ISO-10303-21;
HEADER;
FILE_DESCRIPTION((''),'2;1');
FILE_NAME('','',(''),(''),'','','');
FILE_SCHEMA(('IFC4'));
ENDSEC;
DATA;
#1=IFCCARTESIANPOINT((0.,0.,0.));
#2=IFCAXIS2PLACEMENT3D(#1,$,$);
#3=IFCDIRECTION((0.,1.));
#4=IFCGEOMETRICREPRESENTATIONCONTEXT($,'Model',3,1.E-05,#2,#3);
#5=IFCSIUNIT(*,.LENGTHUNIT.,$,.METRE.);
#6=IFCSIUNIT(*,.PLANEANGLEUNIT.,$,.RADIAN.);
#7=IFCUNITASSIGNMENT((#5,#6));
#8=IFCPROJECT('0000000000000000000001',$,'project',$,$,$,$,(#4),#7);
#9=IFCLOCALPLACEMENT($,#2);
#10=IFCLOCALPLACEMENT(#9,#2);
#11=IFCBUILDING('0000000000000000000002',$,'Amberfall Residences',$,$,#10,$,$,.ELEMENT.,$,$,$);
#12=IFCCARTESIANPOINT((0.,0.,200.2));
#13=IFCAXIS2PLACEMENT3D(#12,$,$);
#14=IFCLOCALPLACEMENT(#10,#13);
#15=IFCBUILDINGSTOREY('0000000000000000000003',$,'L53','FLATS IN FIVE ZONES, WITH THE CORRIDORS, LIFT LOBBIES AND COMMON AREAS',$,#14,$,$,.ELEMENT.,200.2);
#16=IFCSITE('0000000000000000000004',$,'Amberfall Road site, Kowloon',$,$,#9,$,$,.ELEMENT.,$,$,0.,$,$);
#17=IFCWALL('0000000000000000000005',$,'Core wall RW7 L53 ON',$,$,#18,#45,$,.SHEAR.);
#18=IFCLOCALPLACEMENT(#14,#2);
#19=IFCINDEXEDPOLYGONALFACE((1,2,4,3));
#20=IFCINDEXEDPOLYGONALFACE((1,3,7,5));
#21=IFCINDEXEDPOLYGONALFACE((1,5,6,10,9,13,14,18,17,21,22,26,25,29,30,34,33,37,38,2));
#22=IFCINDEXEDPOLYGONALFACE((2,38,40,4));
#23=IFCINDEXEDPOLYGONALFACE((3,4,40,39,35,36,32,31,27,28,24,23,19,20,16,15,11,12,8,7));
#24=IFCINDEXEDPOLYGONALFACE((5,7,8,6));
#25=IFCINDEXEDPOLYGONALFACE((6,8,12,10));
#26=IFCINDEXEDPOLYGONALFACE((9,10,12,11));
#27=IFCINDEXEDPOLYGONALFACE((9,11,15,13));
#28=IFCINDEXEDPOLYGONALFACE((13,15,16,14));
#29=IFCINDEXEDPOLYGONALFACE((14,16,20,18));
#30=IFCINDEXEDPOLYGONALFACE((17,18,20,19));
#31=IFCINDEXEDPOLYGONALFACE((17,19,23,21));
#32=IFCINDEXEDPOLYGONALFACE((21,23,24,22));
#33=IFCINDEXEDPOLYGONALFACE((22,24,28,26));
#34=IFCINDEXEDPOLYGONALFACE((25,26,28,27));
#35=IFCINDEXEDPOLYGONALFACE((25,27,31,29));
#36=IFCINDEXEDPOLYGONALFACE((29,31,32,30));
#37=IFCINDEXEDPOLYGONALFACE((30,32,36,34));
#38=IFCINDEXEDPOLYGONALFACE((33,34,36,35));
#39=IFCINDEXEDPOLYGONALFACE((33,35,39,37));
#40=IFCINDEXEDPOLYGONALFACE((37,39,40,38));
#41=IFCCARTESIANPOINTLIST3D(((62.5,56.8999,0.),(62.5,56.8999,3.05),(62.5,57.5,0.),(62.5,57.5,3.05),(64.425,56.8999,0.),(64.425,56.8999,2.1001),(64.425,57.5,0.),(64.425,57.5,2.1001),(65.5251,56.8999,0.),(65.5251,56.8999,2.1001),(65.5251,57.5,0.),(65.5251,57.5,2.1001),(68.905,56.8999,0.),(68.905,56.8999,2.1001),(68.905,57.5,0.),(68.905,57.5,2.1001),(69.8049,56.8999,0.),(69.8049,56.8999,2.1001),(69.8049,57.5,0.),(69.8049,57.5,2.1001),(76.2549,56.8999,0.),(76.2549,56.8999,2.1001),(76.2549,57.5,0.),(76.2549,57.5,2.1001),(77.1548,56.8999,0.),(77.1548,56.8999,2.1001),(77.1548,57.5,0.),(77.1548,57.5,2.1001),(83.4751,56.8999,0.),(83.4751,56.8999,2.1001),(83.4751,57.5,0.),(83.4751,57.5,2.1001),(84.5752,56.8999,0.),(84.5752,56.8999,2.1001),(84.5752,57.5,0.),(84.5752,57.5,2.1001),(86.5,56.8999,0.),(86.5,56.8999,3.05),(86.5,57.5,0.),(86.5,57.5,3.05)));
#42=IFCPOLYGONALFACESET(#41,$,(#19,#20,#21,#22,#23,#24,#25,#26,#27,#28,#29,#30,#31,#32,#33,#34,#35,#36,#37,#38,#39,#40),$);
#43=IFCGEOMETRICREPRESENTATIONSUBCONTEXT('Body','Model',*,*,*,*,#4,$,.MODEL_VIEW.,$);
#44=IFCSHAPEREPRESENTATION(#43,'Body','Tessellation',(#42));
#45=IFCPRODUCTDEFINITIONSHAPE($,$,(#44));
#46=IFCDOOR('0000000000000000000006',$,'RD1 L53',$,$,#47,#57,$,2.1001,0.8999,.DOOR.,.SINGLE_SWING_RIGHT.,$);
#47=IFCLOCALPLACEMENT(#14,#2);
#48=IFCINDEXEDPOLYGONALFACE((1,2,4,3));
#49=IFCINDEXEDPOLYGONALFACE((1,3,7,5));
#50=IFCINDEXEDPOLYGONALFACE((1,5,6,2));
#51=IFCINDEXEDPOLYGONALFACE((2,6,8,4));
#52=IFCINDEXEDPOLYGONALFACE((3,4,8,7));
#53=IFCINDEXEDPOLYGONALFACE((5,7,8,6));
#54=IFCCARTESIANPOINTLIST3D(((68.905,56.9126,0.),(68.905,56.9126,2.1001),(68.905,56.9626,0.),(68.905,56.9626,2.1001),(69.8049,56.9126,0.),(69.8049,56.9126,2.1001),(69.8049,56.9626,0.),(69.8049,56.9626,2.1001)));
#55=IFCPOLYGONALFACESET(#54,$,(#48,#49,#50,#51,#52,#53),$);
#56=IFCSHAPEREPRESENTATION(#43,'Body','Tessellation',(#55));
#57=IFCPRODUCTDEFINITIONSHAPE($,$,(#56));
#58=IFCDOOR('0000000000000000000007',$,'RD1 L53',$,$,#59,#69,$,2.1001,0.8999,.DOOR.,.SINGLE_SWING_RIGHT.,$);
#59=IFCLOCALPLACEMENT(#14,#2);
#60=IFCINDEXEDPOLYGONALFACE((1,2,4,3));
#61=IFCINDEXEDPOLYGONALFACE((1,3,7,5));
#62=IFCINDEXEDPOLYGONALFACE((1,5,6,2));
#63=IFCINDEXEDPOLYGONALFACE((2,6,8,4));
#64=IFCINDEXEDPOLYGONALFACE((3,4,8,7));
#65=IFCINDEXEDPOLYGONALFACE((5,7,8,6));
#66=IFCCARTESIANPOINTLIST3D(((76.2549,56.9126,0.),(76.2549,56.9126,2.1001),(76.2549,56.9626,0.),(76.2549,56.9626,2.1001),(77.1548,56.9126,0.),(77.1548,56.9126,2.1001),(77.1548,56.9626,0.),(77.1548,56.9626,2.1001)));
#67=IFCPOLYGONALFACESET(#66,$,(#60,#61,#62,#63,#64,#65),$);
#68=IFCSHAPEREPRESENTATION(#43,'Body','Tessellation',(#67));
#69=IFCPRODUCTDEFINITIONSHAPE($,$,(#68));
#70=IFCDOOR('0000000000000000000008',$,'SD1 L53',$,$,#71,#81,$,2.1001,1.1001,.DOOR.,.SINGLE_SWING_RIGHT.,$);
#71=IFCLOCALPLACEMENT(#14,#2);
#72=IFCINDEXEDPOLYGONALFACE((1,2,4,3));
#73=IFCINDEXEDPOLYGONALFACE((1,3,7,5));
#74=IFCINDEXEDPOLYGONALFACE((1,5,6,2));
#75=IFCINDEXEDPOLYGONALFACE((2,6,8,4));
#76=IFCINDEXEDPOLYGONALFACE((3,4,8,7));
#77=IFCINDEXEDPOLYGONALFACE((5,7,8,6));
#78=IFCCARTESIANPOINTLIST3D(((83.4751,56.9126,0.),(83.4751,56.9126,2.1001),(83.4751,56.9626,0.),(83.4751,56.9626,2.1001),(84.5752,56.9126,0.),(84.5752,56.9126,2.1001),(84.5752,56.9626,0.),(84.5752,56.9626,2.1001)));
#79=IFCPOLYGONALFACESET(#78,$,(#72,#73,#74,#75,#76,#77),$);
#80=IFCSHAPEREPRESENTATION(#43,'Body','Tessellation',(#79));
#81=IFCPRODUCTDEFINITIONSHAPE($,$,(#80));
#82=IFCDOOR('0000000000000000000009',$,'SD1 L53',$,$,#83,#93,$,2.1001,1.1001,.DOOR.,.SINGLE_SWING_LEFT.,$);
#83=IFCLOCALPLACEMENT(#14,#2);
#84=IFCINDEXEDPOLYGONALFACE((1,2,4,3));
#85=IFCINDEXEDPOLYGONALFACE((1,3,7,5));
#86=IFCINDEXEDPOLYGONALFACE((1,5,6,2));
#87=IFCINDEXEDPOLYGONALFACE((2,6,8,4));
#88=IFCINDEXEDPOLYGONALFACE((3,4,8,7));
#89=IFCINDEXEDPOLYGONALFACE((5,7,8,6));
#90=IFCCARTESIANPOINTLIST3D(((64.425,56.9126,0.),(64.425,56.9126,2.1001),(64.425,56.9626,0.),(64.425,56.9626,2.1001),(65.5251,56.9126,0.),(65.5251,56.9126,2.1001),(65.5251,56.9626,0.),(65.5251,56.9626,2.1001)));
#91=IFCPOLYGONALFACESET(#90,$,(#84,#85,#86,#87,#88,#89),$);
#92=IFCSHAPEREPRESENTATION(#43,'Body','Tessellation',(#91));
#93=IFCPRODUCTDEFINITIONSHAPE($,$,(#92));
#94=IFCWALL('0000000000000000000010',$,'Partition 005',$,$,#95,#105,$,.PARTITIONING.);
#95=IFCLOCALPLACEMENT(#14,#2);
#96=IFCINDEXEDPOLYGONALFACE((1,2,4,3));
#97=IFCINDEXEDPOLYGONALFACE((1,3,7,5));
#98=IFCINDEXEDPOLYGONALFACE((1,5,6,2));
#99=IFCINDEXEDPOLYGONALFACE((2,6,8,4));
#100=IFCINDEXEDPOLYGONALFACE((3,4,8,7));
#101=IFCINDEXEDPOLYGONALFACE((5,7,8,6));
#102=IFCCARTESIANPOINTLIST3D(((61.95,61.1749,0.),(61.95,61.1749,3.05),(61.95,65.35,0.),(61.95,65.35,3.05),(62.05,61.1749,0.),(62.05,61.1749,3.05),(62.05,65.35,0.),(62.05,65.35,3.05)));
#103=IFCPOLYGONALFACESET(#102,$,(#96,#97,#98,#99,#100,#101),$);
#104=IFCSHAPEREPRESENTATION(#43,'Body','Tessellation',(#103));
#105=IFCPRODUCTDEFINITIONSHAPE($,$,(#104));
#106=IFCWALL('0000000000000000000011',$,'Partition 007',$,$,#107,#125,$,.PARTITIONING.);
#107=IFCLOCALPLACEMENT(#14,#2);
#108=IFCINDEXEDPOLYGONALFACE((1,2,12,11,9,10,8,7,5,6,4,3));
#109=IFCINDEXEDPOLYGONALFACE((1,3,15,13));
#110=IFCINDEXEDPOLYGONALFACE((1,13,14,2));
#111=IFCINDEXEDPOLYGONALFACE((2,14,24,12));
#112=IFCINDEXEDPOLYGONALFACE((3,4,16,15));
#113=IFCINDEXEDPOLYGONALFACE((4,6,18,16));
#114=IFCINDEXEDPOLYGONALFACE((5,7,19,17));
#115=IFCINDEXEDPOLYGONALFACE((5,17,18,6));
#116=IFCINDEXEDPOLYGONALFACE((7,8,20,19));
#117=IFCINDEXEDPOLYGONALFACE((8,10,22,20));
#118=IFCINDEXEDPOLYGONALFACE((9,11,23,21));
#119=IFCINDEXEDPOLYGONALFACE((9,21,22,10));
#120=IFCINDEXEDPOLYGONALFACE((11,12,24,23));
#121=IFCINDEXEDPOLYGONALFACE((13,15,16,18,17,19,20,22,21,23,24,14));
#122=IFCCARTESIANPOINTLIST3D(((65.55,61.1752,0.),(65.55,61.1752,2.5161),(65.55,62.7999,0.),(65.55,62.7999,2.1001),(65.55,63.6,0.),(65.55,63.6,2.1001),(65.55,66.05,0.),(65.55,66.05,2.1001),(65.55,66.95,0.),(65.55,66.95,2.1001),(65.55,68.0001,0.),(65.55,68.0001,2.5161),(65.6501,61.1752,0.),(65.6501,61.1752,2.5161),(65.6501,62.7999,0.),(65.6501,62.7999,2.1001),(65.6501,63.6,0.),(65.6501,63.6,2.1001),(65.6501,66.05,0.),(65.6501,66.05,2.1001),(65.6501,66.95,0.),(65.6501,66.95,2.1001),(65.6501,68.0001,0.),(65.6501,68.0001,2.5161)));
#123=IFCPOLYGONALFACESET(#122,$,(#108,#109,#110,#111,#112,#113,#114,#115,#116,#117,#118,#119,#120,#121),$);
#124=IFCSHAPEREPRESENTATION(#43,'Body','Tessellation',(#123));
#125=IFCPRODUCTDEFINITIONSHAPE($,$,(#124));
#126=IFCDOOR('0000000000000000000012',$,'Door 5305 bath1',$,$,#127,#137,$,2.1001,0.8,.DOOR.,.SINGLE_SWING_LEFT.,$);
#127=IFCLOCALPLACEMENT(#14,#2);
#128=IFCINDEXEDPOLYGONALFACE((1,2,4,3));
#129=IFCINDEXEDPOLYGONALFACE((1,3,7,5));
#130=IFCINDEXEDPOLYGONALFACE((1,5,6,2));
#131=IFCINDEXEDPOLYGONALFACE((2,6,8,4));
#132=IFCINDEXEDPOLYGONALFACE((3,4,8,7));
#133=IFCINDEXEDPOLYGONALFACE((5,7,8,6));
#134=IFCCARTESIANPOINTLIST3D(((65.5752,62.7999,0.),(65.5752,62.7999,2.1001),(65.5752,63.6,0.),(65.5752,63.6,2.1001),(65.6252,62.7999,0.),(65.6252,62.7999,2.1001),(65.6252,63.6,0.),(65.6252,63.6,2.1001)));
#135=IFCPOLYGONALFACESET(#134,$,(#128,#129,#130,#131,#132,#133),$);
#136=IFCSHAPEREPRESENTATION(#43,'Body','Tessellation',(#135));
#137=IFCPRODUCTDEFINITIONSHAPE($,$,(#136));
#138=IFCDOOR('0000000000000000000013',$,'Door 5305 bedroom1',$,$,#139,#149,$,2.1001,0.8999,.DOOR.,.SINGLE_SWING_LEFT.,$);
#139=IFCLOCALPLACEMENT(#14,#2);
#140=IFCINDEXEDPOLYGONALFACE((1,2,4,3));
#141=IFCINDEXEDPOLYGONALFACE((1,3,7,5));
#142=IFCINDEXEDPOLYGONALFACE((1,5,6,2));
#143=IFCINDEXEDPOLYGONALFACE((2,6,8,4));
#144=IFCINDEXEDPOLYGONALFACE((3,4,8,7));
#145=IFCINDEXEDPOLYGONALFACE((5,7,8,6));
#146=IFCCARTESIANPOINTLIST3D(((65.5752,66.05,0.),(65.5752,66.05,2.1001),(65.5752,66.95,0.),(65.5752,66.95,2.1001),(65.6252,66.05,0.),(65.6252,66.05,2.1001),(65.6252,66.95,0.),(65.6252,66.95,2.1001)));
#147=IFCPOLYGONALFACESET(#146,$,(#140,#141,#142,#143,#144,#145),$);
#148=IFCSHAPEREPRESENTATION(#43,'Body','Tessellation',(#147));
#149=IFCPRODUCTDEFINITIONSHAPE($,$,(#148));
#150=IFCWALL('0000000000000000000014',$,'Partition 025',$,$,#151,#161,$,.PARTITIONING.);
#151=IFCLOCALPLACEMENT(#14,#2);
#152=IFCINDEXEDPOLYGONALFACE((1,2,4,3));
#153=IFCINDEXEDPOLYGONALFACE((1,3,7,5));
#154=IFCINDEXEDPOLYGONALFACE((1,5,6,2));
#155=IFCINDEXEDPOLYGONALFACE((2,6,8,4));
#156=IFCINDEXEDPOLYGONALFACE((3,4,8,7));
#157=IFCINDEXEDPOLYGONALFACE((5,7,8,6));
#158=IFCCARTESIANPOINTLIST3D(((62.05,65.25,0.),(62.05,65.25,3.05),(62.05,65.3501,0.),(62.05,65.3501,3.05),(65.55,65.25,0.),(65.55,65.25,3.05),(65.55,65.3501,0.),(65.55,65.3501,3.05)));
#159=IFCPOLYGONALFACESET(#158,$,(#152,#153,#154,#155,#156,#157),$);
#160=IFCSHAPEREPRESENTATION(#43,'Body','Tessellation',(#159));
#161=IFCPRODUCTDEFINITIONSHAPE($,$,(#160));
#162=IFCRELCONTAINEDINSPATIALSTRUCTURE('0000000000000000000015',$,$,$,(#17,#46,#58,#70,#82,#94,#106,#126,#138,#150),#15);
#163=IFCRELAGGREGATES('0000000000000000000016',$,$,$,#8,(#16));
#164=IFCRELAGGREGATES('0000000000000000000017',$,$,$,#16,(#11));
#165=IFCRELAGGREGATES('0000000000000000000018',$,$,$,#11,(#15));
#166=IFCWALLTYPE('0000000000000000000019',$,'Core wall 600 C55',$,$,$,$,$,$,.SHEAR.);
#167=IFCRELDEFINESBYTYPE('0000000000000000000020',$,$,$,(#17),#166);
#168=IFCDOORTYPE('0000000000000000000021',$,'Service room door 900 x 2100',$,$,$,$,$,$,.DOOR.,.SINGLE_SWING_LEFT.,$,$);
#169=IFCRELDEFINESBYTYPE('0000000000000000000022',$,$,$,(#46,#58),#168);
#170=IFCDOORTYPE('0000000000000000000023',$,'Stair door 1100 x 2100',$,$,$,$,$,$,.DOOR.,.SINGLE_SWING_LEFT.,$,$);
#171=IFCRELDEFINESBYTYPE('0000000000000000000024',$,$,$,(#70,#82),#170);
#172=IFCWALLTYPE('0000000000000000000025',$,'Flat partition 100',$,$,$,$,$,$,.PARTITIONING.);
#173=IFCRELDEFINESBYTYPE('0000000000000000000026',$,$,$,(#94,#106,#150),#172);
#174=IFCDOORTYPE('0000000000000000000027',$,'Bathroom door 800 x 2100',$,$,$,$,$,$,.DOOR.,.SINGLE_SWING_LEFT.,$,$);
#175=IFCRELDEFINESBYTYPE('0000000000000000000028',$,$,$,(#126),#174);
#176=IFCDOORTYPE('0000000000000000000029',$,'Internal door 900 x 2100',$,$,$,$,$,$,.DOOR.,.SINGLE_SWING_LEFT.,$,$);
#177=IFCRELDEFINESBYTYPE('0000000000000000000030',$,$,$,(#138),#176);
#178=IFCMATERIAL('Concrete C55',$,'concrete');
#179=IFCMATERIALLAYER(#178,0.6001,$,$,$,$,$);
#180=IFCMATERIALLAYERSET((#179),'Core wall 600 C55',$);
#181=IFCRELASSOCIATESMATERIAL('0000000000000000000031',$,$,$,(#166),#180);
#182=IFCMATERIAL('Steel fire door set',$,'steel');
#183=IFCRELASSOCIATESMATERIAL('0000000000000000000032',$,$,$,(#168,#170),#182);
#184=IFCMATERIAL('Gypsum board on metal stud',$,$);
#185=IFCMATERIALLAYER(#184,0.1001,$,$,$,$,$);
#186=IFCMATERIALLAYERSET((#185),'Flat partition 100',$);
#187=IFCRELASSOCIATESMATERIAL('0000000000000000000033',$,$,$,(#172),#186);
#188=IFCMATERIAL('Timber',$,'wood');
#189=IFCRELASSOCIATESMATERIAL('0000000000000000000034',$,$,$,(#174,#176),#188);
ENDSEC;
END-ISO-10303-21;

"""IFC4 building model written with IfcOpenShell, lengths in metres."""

from ifc_helpers import new_model, si_unit, direction, frame, frame_2d, origin, place, context, subcontext, project, spatial, rectangle, extrude, material, layer, layer_set, type_object, element, fill, save


model = new_model("IFC4")

# Units and contexts
model_context = context("Model", 3, precision=1e-05, world=origin(), true_north=direction((0.0, 1.0)))
body_context = subcontext(model_context, "Body", "Model", "MODEL_VIEW")
ifc_project = project(units=[si_unit("LENGTHUNIT", "METRE"), si_unit("PLANEANGLEUNIT", "RADIAN")], contexts=[model_context])

# Site, building, storey
site_placement = place(None, origin())
site = spatial("IfcSite", under=ifc_project, at=site_placement, Name="Amberfall Road site, Kowloon", CompositionType="ELEMENT", RefElevation=0.0)
building_placement = place(site_placement, origin())
building = spatial("IfcBuilding", under=site, at=building_placement, Name="Amberfall Residences", CompositionType="ELEMENT")
storey_placement = place(building_placement, frame((0.0, 0.0, 200.2)))
storey = spatial("IfcBuildingStorey", under=building, at=storey_placement, Name="L53", Description="FLATS IN FIVE ZONES, WITH THE CORRIDORS, LIFT LOBBIES AND COMMON AREAS", CompositionType="ELEMENT", Elevation=200.2)

# Wall, openings, doors
ifc_material_1 = material(Name="Concrete C55", Category="concrete")
ifc_layer_1 = layer(ifc_material_1, 0.6001)
ifc_layer_set_1 = layer_set([ifc_layer_1], Name="Core wall 600 C55")
wall_type_1 = type_object("IfcWallType", Name="Core wall 600 C55", PredefinedType="SHEAR", material=ifc_layer_set_1)
wall_1_placement = place(storey_placement, frame((62.5, 57.2, 0.0), z_axis=(0.0, 0.0, 1.0), x_axis=(1.0, 0.0, 0.0)))
wall_1 = element("IfcWall", 1, at=wall_1_placement, inside=storey, type_object=wall_type_1, Name="Core wall RW7 L53 ON", PredefinedType="SHEAR", context=body_context, shape_type="SweptSolid", body=[
    extrude(rectangle(XDim=24.0, YDim=0.6001, at=frame_2d((12.0, 0.0))), origin(), (0.0, 0.0, 1.0), 3.05),
])
opening_1_placement = place(wall_1_placement, frame((20.9751, 0.0, 0.0)))
opening_1 = element("IfcOpeningElement", 2, at=opening_1_placement, cuts=wall_1, PredefinedType="OPENING", context=body_context, shape_type="SweptSolid", body=[
    extrude(rectangle(XDim=1.1001, YDim=2.1001, at=frame_2d((0.55, 1.05))), frame((0.0, 0.3101, 0.0), z_axis=(0.0, -1.0, 0.0), x_axis=(1.0, 0.0, 0.0)), (0.0, 0.0, 1.0), 0.6201),
])
opening_2_placement = place(wall_1_placement, frame((1.925, 0.0, 0.0)))
opening_2 = element("IfcOpeningElement", 3, at=opening_2_placement, cuts=wall_1, PredefinedType="OPENING", context=body_context, shape_type="SweptSolid", body=[
    extrude(rectangle(XDim=1.1001, YDim=2.1001, at=frame_2d((0.55, 1.05))), frame((0.0, 0.3101, 0.0), z_axis=(0.0, -1.0, 0.0), x_axis=(1.0, 0.0, 0.0)), (0.0, 0.0, 1.0), 0.6201),
])
opening_3_placement = place(wall_1_placement, frame((6.405, 0.0, 0.0)))
opening_3 = element("IfcOpeningElement", 4, at=opening_3_placement, cuts=wall_1, PredefinedType="OPENING", context=body_context, shape_type="SweptSolid", body=[
    extrude(rectangle(XDim=0.8999, YDim=2.1001, at=frame_2d((0.45, 1.05))), frame((0.0, 0.3101, 0.0), z_axis=(0.0, -1.0, 0.0), x_axis=(1.0, 0.0, 0.0)), (0.0, 0.0, 1.0), 0.6201),
])
opening_4_placement = place(wall_1_placement, frame((13.7549, 0.0, 0.0)))
opening_4 = element("IfcOpeningElement", 5, at=opening_4_placement, cuts=wall_1, PredefinedType="OPENING", context=body_context, shape_type="SweptSolid", body=[
    extrude(rectangle(XDim=0.8999, YDim=2.1001, at=frame_2d((0.45, 1.05))), frame((0.0, 0.3101, 0.0), z_axis=(0.0, -1.0, 0.0), x_axis=(1.0, 0.0, 0.0)), (0.0, 0.0, 1.0), 0.6201),
])
ifc_material_2 = material(Name="Steel fire door set", Category="steel")
door_type_1 = type_object("IfcDoorType", Name="Service room door 900 x 2100", OperationType="SINGLE_SWING_LEFT", PredefinedType="DOOR", material=ifc_material_2)
door_1_placement = place(opening_3_placement, origin())
door_1 = element("IfcDoor", 6, at=door_1_placement, inside=storey, type_object=door_type_1, Name="RD1 L53", OperationType="SINGLE_SWING_RIGHT", OverallHeight=2.1001, OverallWidth=0.8999, PredefinedType="DOOR", context=body_context, shape_type="SweptSolid", body=[
    extrude(rectangle(XDim=0.8999, YDim=2.1001, at=frame_2d((0.45, 1.05))), frame((0.0, -0.2373, 0.0), z_axis=(0.0, -1.0, 0.0), x_axis=(1.0, 0.0, 0.0)), (0.0, 0.0, 1.0), 0.05),
])
fill(opening_3, door_1)
door_2_placement = place(opening_4_placement, origin())
door_2 = element("IfcDoor", 7, at=door_2_placement, inside=storey, type_object=door_type_1, Name="RD1 L53", OperationType="SINGLE_SWING_RIGHT", OverallHeight=2.1001, OverallWidth=0.8999, PredefinedType="DOOR", context=body_context, shape_type="SweptSolid", body=[
    extrude(rectangle(XDim=0.8999, YDim=2.1001, at=frame_2d((0.45, 1.05))), frame((0.0, -0.2373, 0.0), z_axis=(0.0, -1.0, 0.0), x_axis=(1.0, 0.0, 0.0)), (0.0, 0.0, 1.0), 0.05),
])
fill(opening_4, door_2)
door_type_2 = type_object("IfcDoorType", Name="Stair door 1100 x 2100", OperationType="SINGLE_SWING_LEFT", PredefinedType="DOOR", material=ifc_material_2)
door_3_placement = place(opening_1_placement, origin())
door_3 = element("IfcDoor", 8, at=door_3_placement, inside=storey, type_object=door_type_2, Name="SD1 L53", OperationType="SINGLE_SWING_RIGHT", OverallHeight=2.1001, OverallWidth=1.1001, PredefinedType="DOOR", context=body_context, shape_type="SweptSolid", body=[
    extrude(rectangle(XDim=1.1001, YDim=2.1001, at=frame_2d((0.55, 1.05))), frame((0.0, -0.2373, 0.0), z_axis=(0.0, -1.0, 0.0), x_axis=(1.0, 0.0, 0.0)), (0.0, 0.0, 1.0), 0.05),
])
fill(opening_1, door_3)
door_4_placement = place(opening_2_placement, origin())
door_4 = element("IfcDoor", 9, at=door_4_placement, inside=storey, type_object=door_type_2, Name="SD1 L53", OperationType="SINGLE_SWING_LEFT", OverallHeight=2.1001, OverallWidth=1.1001, PredefinedType="DOOR", context=body_context, shape_type="SweptSolid", body=[
    extrude(rectangle(XDim=1.1001, YDim=2.1001, at=frame_2d((0.55, 1.05))), frame((0.0, -0.2373, 0.0), z_axis=(0.0, -1.0, 0.0), x_axis=(1.0, 0.0, 0.0)), (0.0, 0.0, 1.0), 0.05),
])
fill(opening_2, door_4)

# Wall
ifc_material_3 = material(Name="Gypsum board on metal stud")
ifc_layer_2 = layer(ifc_material_3, 0.1001)
ifc_layer_set_2 = layer_set([ifc_layer_2], Name="Flat partition 100")
wall_type_2 = type_object("IfcWallType", Name="Flat partition 100", PredefinedType="PARTITIONING", material=ifc_layer_set_2)
wall_2_placement = place(storey_placement, frame((62.0, 61.175, 0.0), z_axis=(0.0, 0.0, 1.0), x_axis=(0.0, 1.0, 0.0)))
element("IfcWall", 10, at=wall_2_placement, inside=storey, type_object=wall_type_2, Name="Partition 005", PredefinedType="PARTITIONING", context=body_context, shape_type="SweptSolid", body=[
    extrude(rectangle(XDim=4.175, YDim=0.1001, at=frame_2d((2.0874, 0.0))), origin(), (0.0, 0.0, 1.0), 3.05),
])

# Wall, openings, doors
wall_3_placement = place(storey_placement, frame((65.6001, 61.175, 0.0), z_axis=(0.0, 0.0, 1.0), x_axis=(0.0, 1.0, 0.0)))
wall_3 = element("IfcWall", 11, at=wall_3_placement, inside=storey, type_object=wall_type_2, Name="Partition 007", PredefinedType="PARTITIONING", context=body_context, shape_type="SweptSolid", body=[
    extrude(rectangle(XDim=6.825, YDim=0.1001, at=frame_2d((3.4126, 0.0))), origin(), (0.0, 0.0, 1.0), 2.5161),
])
opening_5_placement = place(wall_3_placement, frame((4.875, 0.0, 0.0)))
opening_5 = element("IfcOpeningElement", 12, at=opening_5_placement, cuts=wall_3, PredefinedType="OPENING", context=body_context, shape_type="SweptSolid", body=[
    extrude(rectangle(XDim=0.8999, YDim=2.1001, at=frame_2d((0.45, 1.05))), frame((0.0, 0.0601, 0.0), z_axis=(0.0, -1.0, 0.0), x_axis=(1.0, 0.0, 0.0)), (0.0, 0.0, 1.0), 0.1201),
])
opening_6_placement = place(wall_3_placement, frame((1.625, 0.0, 0.0)))
opening_6 = element("IfcOpeningElement", 13, at=opening_6_placement, cuts=wall_3, PredefinedType="OPENING", context=body_context, shape_type="SweptSolid", body=[
    extrude(rectangle(XDim=0.8, YDim=2.1001, at=frame_2d((0.3999, 1.05))), frame((0.0, 0.0601, 0.0), z_axis=(0.0, -1.0, 0.0), x_axis=(1.0, 0.0, 0.0)), (0.0, 0.0, 1.0), 0.1201),
])
ifc_material_4 = material(Name="Timber", Category="wood")
door_type_3 = type_object("IfcDoorType", Name="Bathroom door 800 x 2100", OperationType="SINGLE_SWING_LEFT", PredefinedType="DOOR", material=ifc_material_4)
door_5_placement = place(opening_6_placement, origin())
door_5 = element("IfcDoor", 14, at=door_5_placement, inside=storey, type_object=door_type_3, Name="Door 5305 bath1", OperationType="SINGLE_SWING_LEFT", OverallHeight=2.1001, OverallWidth=0.8, PredefinedType="DOOR", context=body_context, shape_type="SweptSolid", body=[
    extrude(rectangle(XDim=0.8, YDim=2.1001, at=frame_2d((0.3999, 1.05))), frame((0.0, 0.0249, 0.0), z_axis=(0.0, -1.0, 0.0), x_axis=(1.0, 0.0, 0.0)), (0.0, 0.0, 1.0), 0.05),
])
fill(opening_6, door_5)
door_type_4 = type_object("IfcDoorType", Name="Internal door 900 x 2100", OperationType="SINGLE_SWING_LEFT", PredefinedType="DOOR", material=ifc_material_4)
door_6_placement = place(opening_5_placement, origin())
door_6 = element("IfcDoor", 15, at=door_6_placement, inside=storey, type_object=door_type_4, Name="Door 5305 bedroom1", OperationType="SINGLE_SWING_LEFT", OverallHeight=2.1001, OverallWidth=0.8999, PredefinedType="DOOR", context=body_context, shape_type="SweptSolid", body=[
    extrude(rectangle(XDim=0.8999, YDim=2.1001, at=frame_2d((0.45, 1.05))), frame((0.0, 0.0249, 0.0), z_axis=(0.0, -1.0, 0.0), x_axis=(1.0, 0.0, 0.0)), (0.0, 0.0, 1.0), 0.05),
])
fill(opening_5, door_6)

# Wall
wall_4_placement = place(storey_placement, frame((62.05, 65.3, 0.0), z_axis=(0.0, 0.0, 1.0), x_axis=(1.0, 0.0, 0.0)))
element("IfcWall", 16, at=wall_4_placement, inside=storey, type_object=wall_type_2, Name="Partition 025", PredefinedType="PARTITIONING", context=body_context, shape_type="SweptSolid", body=[
    extrude(rectangle(XDim=3.5, YDim=0.1001, at=frame_2d((1.75, 0.0))), origin(), (0.0, 0.0, 1.0), 3.05),
])

save(model, "model.ifc")
